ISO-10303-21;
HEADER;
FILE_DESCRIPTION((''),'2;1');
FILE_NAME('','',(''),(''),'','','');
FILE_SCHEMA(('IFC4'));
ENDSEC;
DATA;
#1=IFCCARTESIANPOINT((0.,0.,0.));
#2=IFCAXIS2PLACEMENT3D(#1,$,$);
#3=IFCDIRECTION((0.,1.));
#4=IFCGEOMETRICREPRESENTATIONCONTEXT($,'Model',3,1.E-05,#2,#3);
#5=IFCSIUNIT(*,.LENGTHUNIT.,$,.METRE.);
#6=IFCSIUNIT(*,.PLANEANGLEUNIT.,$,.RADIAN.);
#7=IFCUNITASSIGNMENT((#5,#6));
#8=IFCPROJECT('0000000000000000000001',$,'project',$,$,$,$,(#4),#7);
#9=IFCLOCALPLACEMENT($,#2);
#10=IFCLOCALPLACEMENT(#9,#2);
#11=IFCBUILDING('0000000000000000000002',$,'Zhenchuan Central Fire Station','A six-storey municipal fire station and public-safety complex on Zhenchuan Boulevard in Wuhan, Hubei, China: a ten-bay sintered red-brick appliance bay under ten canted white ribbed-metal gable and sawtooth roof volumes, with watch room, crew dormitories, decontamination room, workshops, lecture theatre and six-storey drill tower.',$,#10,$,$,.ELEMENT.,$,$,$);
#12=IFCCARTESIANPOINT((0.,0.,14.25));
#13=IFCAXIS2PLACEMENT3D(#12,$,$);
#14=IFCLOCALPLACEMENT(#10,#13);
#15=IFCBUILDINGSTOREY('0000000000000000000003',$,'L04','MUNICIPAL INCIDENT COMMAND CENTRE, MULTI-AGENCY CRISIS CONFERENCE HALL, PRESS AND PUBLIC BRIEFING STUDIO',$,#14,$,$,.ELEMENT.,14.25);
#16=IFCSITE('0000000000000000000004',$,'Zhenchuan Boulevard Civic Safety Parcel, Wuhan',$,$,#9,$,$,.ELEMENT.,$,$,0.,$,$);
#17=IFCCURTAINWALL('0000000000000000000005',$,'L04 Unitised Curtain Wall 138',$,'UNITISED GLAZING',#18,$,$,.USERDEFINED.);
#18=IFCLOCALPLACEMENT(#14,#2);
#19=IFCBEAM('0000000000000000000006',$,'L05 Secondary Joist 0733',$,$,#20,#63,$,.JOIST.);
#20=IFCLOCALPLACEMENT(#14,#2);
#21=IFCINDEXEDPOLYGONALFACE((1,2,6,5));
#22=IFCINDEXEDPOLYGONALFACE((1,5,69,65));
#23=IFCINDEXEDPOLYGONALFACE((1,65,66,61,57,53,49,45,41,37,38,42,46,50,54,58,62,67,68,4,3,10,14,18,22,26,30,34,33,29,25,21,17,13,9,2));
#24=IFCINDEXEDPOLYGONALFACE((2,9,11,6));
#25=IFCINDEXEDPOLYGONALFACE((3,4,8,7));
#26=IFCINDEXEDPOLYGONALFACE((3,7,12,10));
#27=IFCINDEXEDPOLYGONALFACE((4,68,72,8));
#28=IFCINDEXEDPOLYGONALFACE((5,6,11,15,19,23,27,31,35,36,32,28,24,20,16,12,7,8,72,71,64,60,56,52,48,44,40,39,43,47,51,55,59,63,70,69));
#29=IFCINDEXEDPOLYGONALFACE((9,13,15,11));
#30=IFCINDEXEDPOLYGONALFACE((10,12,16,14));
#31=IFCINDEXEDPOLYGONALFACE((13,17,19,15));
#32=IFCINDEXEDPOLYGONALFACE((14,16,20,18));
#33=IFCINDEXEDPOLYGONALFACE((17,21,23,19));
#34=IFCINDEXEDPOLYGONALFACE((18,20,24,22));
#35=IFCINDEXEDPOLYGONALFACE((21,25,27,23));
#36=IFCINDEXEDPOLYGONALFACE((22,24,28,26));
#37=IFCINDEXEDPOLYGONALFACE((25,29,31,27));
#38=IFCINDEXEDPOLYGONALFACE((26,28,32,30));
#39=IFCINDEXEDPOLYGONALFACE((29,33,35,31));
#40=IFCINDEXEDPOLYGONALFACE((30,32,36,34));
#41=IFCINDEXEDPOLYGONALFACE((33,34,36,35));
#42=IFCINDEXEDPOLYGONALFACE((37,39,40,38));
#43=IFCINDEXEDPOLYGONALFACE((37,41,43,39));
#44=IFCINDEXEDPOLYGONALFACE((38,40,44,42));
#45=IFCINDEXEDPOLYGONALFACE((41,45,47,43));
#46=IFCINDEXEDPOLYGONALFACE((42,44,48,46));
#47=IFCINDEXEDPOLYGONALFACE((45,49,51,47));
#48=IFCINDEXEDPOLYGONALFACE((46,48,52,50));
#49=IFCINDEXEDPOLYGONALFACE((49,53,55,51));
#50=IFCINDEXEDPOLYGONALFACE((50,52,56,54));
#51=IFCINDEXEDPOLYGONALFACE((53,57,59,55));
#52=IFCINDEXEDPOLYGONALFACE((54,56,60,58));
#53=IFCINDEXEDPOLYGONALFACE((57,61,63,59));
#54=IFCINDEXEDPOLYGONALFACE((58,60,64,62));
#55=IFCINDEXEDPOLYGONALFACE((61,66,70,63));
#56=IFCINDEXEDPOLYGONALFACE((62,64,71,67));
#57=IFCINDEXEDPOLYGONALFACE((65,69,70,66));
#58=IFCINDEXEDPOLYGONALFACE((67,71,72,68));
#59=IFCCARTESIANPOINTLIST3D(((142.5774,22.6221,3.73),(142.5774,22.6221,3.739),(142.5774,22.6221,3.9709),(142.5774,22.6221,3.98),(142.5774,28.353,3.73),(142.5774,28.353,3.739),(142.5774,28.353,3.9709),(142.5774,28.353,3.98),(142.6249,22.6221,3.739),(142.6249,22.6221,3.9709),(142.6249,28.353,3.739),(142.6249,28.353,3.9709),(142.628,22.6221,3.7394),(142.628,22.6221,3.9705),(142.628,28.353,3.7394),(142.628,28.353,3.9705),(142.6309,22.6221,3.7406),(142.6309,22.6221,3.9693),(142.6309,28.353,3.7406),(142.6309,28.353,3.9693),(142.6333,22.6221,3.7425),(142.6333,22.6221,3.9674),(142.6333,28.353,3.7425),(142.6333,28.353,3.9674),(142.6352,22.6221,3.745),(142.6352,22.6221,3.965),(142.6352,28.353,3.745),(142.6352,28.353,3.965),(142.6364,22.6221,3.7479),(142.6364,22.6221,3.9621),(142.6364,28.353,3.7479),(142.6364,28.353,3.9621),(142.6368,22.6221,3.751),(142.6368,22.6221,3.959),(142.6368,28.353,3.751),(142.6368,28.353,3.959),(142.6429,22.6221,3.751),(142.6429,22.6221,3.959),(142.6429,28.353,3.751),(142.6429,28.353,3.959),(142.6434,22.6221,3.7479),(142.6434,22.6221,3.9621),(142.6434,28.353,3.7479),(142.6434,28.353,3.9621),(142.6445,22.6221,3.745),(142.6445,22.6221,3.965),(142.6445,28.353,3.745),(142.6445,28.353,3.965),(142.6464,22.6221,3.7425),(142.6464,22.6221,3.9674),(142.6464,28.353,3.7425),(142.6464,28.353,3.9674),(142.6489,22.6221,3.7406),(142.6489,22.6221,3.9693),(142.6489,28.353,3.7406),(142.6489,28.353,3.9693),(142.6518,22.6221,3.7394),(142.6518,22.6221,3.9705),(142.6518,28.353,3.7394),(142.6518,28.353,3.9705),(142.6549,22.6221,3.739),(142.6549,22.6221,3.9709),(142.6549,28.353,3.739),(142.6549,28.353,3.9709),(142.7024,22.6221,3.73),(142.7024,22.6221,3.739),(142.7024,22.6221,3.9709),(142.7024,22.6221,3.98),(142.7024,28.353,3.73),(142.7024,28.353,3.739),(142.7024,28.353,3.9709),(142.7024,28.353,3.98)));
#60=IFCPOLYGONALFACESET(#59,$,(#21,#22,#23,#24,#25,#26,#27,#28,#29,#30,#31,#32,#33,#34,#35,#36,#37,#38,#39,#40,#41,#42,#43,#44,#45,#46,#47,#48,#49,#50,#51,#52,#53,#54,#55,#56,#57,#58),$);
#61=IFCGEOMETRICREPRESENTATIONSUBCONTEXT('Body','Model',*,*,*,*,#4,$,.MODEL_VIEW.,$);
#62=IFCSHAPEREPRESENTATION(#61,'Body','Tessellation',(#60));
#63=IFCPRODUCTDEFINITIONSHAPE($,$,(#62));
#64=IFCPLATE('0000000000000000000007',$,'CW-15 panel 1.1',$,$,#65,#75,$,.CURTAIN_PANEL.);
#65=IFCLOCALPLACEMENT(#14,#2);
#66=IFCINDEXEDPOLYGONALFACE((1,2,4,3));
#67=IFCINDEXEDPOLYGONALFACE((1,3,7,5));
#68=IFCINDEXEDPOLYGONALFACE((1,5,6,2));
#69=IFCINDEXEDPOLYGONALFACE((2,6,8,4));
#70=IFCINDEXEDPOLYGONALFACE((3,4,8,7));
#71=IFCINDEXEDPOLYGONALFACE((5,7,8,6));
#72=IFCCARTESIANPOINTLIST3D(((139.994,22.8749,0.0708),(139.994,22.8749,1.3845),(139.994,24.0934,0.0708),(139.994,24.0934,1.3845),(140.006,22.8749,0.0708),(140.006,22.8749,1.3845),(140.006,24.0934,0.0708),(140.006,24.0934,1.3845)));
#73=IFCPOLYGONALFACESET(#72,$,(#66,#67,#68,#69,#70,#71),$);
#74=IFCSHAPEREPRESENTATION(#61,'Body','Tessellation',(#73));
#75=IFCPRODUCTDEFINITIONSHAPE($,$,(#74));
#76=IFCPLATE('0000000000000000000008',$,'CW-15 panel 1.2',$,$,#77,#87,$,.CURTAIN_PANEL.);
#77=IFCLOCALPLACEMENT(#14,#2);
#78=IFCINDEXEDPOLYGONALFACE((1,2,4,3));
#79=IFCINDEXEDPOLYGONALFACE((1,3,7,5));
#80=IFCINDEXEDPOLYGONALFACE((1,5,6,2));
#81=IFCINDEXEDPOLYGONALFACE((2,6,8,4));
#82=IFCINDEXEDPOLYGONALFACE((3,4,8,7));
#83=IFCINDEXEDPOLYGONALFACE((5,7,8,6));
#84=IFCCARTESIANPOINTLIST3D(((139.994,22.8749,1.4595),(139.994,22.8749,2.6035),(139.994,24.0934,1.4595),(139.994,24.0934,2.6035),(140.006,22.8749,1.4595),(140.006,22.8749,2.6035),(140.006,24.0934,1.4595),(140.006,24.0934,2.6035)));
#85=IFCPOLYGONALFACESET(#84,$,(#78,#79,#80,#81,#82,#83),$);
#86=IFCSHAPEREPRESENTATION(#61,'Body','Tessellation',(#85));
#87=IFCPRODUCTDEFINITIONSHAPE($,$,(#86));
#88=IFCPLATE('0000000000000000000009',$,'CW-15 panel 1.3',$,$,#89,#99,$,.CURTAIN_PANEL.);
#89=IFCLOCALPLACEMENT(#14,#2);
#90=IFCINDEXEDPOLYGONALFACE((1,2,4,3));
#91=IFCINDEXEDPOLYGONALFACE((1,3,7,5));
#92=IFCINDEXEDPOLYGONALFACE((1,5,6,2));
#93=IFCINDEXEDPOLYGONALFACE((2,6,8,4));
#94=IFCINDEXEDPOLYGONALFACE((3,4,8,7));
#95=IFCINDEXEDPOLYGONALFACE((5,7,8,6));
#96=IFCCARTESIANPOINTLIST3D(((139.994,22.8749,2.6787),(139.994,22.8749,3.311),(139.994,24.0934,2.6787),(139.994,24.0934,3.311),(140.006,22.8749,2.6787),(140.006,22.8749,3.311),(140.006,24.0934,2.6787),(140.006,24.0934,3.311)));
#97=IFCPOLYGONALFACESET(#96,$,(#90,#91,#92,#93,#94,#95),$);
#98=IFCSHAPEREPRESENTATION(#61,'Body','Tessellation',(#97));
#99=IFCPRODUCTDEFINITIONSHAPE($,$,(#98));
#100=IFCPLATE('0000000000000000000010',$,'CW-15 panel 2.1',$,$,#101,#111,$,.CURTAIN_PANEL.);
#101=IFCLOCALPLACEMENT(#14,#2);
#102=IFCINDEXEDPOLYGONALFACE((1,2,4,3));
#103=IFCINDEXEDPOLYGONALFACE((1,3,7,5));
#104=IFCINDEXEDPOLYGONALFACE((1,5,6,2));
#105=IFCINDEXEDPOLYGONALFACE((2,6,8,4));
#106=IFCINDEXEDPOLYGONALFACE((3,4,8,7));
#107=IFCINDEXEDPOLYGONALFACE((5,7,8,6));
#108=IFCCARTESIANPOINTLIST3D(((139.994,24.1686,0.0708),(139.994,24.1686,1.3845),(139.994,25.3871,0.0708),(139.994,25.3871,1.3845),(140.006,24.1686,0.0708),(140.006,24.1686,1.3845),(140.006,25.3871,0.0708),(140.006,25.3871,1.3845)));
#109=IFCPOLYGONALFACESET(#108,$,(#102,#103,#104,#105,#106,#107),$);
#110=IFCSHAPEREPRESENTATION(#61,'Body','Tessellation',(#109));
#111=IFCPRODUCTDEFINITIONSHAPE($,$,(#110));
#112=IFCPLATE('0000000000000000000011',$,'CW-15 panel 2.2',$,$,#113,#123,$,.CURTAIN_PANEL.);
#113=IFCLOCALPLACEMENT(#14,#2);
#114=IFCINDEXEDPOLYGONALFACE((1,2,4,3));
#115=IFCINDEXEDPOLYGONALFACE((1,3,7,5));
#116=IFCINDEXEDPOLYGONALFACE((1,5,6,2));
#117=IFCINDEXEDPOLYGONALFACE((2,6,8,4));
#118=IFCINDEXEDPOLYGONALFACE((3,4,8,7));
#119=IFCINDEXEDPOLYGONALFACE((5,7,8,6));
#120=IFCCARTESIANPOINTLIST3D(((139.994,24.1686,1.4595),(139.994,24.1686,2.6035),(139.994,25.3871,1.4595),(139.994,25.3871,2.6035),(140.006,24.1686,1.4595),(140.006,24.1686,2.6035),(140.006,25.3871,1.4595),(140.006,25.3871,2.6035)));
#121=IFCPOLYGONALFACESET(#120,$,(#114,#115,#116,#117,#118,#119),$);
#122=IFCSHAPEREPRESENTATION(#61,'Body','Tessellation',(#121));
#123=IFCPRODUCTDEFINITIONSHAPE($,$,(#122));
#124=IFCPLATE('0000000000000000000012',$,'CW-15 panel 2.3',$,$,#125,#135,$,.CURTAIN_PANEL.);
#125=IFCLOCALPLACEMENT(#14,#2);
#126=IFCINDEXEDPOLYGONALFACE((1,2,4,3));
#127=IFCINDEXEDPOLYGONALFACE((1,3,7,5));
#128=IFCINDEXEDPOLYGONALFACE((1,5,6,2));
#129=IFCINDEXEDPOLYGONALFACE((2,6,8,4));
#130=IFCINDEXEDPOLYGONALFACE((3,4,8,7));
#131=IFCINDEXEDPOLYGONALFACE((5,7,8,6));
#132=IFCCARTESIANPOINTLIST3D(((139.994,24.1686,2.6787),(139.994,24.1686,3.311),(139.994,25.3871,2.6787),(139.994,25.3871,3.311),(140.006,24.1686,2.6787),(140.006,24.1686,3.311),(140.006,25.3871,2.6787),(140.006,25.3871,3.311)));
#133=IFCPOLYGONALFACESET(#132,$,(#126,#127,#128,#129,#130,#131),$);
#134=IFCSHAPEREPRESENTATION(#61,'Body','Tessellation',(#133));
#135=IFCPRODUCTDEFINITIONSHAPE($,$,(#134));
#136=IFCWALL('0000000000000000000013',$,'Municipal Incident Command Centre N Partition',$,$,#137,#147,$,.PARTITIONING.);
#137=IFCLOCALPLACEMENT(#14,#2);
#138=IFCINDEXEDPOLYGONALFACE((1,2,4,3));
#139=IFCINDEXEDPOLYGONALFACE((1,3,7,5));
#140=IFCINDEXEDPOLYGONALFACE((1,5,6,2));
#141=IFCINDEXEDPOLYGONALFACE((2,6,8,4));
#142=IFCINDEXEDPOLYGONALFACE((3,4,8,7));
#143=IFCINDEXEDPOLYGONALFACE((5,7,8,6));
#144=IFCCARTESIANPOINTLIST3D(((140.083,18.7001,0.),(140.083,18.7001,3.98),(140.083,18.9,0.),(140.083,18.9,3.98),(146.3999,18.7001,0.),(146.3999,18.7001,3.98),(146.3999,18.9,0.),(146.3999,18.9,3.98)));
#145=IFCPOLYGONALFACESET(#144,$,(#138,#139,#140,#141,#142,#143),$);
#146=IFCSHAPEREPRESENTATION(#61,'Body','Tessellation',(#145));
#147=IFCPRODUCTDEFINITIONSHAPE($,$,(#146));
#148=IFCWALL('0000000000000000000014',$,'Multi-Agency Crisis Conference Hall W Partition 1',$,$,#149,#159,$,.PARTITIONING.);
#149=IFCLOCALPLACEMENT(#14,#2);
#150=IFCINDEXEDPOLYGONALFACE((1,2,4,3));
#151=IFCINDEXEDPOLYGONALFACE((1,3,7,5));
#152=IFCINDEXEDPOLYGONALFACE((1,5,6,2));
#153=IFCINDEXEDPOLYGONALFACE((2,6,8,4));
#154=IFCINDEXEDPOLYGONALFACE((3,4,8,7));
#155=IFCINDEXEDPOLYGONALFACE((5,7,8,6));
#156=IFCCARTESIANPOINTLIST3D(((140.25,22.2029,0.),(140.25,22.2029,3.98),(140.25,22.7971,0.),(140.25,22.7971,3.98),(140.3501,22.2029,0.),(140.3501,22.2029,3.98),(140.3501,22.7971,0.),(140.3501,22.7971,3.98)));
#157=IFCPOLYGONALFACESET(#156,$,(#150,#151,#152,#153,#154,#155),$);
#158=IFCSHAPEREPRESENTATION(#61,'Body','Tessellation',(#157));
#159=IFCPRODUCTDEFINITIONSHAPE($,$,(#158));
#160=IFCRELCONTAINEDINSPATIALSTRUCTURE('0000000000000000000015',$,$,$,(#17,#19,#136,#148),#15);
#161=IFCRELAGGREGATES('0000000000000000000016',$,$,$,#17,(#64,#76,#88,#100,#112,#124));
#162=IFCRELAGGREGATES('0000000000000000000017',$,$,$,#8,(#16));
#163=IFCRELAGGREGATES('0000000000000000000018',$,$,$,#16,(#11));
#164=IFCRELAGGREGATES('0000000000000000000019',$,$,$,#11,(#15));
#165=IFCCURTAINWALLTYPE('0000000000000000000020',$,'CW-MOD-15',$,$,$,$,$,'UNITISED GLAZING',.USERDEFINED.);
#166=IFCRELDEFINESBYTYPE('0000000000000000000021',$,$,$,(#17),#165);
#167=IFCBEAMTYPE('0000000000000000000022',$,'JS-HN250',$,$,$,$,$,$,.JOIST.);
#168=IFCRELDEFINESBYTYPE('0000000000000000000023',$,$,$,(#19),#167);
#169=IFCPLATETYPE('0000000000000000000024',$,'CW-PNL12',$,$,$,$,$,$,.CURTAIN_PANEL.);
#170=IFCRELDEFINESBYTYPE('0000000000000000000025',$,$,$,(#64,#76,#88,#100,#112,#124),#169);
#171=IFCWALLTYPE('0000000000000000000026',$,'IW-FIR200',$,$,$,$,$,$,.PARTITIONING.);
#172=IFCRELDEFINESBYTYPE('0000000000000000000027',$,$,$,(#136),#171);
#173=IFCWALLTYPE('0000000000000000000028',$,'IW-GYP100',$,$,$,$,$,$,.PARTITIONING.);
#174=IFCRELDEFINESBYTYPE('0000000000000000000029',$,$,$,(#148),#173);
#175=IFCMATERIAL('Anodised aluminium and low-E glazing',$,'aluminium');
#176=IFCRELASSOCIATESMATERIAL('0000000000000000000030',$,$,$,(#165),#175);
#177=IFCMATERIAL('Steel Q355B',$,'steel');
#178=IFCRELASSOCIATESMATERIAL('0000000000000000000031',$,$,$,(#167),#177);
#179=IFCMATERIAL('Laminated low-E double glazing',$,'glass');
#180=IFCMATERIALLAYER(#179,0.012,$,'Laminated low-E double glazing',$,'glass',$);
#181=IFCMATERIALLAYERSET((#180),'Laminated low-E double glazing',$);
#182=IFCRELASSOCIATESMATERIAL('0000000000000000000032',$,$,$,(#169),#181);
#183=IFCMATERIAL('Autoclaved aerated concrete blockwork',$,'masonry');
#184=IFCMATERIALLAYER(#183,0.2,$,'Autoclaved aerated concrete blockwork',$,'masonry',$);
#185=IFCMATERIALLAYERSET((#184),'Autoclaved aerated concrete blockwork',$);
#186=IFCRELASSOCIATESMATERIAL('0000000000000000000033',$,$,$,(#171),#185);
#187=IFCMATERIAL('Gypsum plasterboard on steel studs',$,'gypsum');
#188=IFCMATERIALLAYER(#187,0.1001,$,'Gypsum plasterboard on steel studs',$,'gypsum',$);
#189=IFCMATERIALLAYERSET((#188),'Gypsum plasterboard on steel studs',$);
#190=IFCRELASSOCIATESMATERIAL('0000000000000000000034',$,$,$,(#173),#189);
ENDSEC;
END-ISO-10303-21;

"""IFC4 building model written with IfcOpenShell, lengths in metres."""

from ifc_helpers import new_model, si_unit, direction, frame, frame_2d, origin, origin_2d, place, context, subcontext, project, spatial, rectangle, i_section, extrude, material, layer, layer_set, material_profile, profile_set, type_object, element, aggregate, save


model = new_model("IFC4")

# Units and contexts
model_context = context("Model", 3, precision=1e-05, world=origin(), true_north=direction((0.0, 1.0)))
body_context = subcontext(model_context, "Body", "Model", "MODEL_VIEW")
ifc_project = project(units=[si_unit("LENGTHUNIT", "METRE"), si_unit("PLANEANGLEUNIT", "RADIAN")], contexts=[model_context])

# Site, building, storey
site_placement = place(None, origin())
site = spatial("IfcSite", under=ifc_project, at=site_placement, Name="Zhenchuan Boulevard Civic Safety Parcel, Wuhan", CompositionType="ELEMENT", RefElevation=0.0)
building_placement = place(site_placement, origin())
building = spatial("IfcBuilding", under=site, at=building_placement, Name="Zhenchuan Central Fire Station", Description="A six-storey municipal fire station and public-safety complex on Zhenchuan Boulevard in Wuhan, Hubei, China: a ten-bay sintered red-brick appliance bay under ten canted white ribbed-metal gable and sawtooth roof volumes, with watch room, crew dormitories, decontamination room, workshops, lecture theatre and six-storey drill tower.", CompositionType="ELEMENT")
storey_placement = place(building_placement, frame((0.0, 0.0, 14.25)))
storey = spatial("IfcBuildingStorey", under=building, at=storey_placement, Name="L04", Description="MUNICIPAL INCIDENT COMMAND CENTRE, MULTI-AGENCY CRISIS CONFERENCE HALL, PRESS AND PUBLIC BRIEFING STUDIO", CompositionType="ELEMENT", Elevation=14.25)

# Shared definitions
ifc_material_1 = material(Name="Steel Q355B", Category="steel")

# Shared definitions
ifc_material_2 = material(Name="Anodised aluminium and low-E glazing", Category="aluminium")

# Curtain wall
curtain_wall_type_1 = type_object("IfcCurtainWallType", Name="CW-MOD-15", ElementType="UNITISED GLAZING", PredefinedType="USERDEFINED", material=ifc_material_2)
curtain_wall_1_placement = place(storey_placement, origin())
curtain_wall_1 = element("IfcCurtainWall", 1, at=curtain_wall_1_placement, inside=storey, type_object=curtain_wall_type_1, Name="L04 Unitised Curtain Wall 138", ObjectType="UNITISED GLAZING", PredefinedType="USERDEFINED")

# Beam
ifc_material_profile_1 = material_profile(ifc_material_1, i_section(OverallWidth=0.125, OverallDepth=0.25, WebThickness=0.0061, FlangeThickness=0.009, FilletRadius=0.012, at=origin_2d()), Name="HN 250x125")
ifc_profile_set_1 = profile_set([ifc_material_profile_1], Name="Steel Q355B")
beam_type_1 = type_object("IfcBeamType", Name="JS-HN250", PredefinedType="JOIST", material=ifc_profile_set_1)
beam_1_placement = place(storey_placement, frame((142.6399, 22.6221, 3.855), z_axis=(0.0, 1.0, 0.0), x_axis=(-1.0, 0.0, 0.0)))
element("IfcBeam", 2, at=beam_1_placement, inside=storey, type_object=beam_type_1, Name="L05 Secondary Joist 0733", PredefinedType="JOIST", context=body_context, shape_type="SweptSolid", body=[
    extrude(i_section(OverallWidth=0.125, OverallDepth=0.25, WebThickness=0.0061, FlangeThickness=0.009, FilletRadius=0.012, at=origin_2d()), origin(), (0.0, 0.0, 1.0), 5.731),
])

# Plates
ifc_material_3 = material(Name="Laminated low-E double glazing", Category="glass")
ifc_layer_1 = layer(ifc_material_3, 0.012, Name="Laminated low-E double glazing", Category="glass")
ifc_layer_set_1 = layer_set([ifc_layer_1], Name="Laminated low-E double glazing")
plate_type = type_object("IfcPlateType", Name="CW-PNL12", PredefinedType="CURTAIN_PANEL", material=ifc_layer_set_1)
plate_1_placement = place(storey_placement, frame((140.0, 23.4841, 0.0708), z_axis=(0.0, 0.0, 1.0), x_axis=(0.0, 1.0, 0.0)))
plate_1 = element("IfcPlate", 3, at=plate_1_placement, type_object=plate_type, Name="CW-15 panel 1.1", PredefinedType="CURTAIN_PANEL", context=body_context, shape_type="SweptSolid", body=[
    extrude(rectangle(XDim=1.2185, YDim=0.012, at=origin_2d()), origin(), (0.0, 0.0, 1.0), 1.3137),
])
plate_2_placement = place(storey_placement, frame((140.0, 23.4841, 1.4595), z_axis=(0.0, 0.0, 1.0), x_axis=(0.0, 1.0, 0.0)))
plate_2 = element("IfcPlate", 4, at=plate_2_placement, type_object=plate_type, Name="CW-15 panel 1.2", PredefinedType="CURTAIN_PANEL", context=body_context, shape_type="SweptSolid", body=[
    extrude(rectangle(XDim=1.2185, YDim=0.012, at=origin_2d()), origin(), (0.0, 0.0, 1.0), 1.144),
])
plate_3_placement = place(storey_placement, frame((140.0, 23.4841, 2.6787), z_axis=(0.0, 0.0, 1.0), x_axis=(0.0, 1.0, 0.0)))
plate_3 = element("IfcPlate", 5, at=plate_3_placement, type_object=plate_type, Name="CW-15 panel 1.3", PredefinedType="CURTAIN_PANEL", context=body_context, shape_type="SweptSolid", body=[
    extrude(rectangle(XDim=1.2185, YDim=0.012, at=origin_2d()), origin(), (0.0, 0.0, 1.0), 0.6323),
])
plate_4_placement = place(storey_placement, frame((140.0, 24.7778, 0.0708), z_axis=(0.0, 0.0, 1.0), x_axis=(0.0, 1.0, 0.0)))
plate_4 = element("IfcPlate", 6, at=plate_4_placement, type_object=plate_type, Name="CW-15 panel 2.1", PredefinedType="CURTAIN_PANEL", context=body_context, shape_type="SweptSolid", body=[
    extrude(rectangle(XDim=1.2185, YDim=0.012, at=origin_2d()), origin(), (0.0, 0.0, 1.0), 1.3137),
])
plate_5_placement = place(storey_placement, frame((140.0, 24.7778, 1.4595), z_axis=(0.0, 0.0, 1.0), x_axis=(0.0, 1.0, 0.0)))
plate_5 = element("IfcPlate", 7, at=plate_5_placement, type_object=plate_type, Name="CW-15 panel 2.2", PredefinedType="CURTAIN_PANEL", context=body_context, shape_type="SweptSolid", body=[
    extrude(rectangle(XDim=1.2185, YDim=0.012, at=origin_2d()), origin(), (0.0, 0.0, 1.0), 1.144),
])
plate_6_placement = place(storey_placement, frame((140.0, 24.7778, 2.6787), z_axis=(0.0, 0.0, 1.0), x_axis=(0.0, 1.0, 0.0)))
plate_6 = element("IfcPlate", 8, at=plate_6_placement, type_object=plate_type, Name="CW-15 panel 2.3", PredefinedType="CURTAIN_PANEL", context=body_context, shape_type="SweptSolid", body=[
    extrude(rectangle(XDim=1.2185, YDim=0.012, at=origin_2d()), origin(), (0.0, 0.0, 1.0), 0.6323),
])
aggregate(curtain_wall_1, [plate_1, plate_2, plate_3, plate_4, plate_5, plate_6])

# Walls
ifc_material_4 = material(Name="Autoclaved aerated concrete blockwork", Category="masonry")
ifc_layer_2 = layer(ifc_material_4, 0.2, Name="Autoclaved aerated concrete blockwork", Category="masonry")
ifc_layer_set_2 = layer_set([ifc_layer_2], Name="Autoclaved aerated concrete blockwork")
wall_type_1 = type_object("IfcWallType", Name="IW-FIR200", PredefinedType="PARTITIONING", material=ifc_layer_set_2)
wall_1_placement = place(storey_placement, frame((140.083, 18.8, 0.0), z_axis=(0.0, 0.0, 1.0), x_axis=(1.0, 0.0, 0.0)))
element("IfcWall", 9, at=wall_1_placement, inside=storey, type_object=wall_type_1, Name="Municipal Incident Command Centre N Partition", PredefinedType="PARTITIONING", context=body_context, shape_type="SweptSolid", body=[
    extrude(rectangle(XDim=6.3169, YDim=0.2, at=frame_2d((3.1584, 0.0))), origin(), (0.0, 0.0, 1.0), 3.98),
])
ifc_material_5 = material(Name="Gypsum plasterboard on steel studs", Category="gypsum")
ifc_layer_3 = layer(ifc_material_5, 0.1001, Name="Gypsum plasterboard on steel studs", Category="gypsum")
ifc_layer_set_3 = layer_set([ifc_layer_3], Name="Gypsum plasterboard on steel studs")
wall_type_2 = type_object("IfcWallType", Name="IW-GYP100", PredefinedType="PARTITIONING", material=ifc_layer_set_3)
wall_2_placement = place(storey_placement, frame((140.3, 22.2029, 0.0), z_axis=(0.0, 0.0, 1.0), x_axis=(0.0, 1.0, 0.0)))
element("IfcWall", 10, at=wall_2_placement, inside=storey, type_object=wall_type_2, Name="Multi-Agency Crisis Conference Hall W Partition 1", PredefinedType="PARTITIONING", context=body_context, shape_type="SweptSolid", body=[
    extrude(rectangle(XDim=0.5942, YDim=0.1001, at=frame_2d((0.2971, 0.0))), origin(), (0.0, 0.0, 1.0), 3.98),
])

save(model, "model.ifc")
